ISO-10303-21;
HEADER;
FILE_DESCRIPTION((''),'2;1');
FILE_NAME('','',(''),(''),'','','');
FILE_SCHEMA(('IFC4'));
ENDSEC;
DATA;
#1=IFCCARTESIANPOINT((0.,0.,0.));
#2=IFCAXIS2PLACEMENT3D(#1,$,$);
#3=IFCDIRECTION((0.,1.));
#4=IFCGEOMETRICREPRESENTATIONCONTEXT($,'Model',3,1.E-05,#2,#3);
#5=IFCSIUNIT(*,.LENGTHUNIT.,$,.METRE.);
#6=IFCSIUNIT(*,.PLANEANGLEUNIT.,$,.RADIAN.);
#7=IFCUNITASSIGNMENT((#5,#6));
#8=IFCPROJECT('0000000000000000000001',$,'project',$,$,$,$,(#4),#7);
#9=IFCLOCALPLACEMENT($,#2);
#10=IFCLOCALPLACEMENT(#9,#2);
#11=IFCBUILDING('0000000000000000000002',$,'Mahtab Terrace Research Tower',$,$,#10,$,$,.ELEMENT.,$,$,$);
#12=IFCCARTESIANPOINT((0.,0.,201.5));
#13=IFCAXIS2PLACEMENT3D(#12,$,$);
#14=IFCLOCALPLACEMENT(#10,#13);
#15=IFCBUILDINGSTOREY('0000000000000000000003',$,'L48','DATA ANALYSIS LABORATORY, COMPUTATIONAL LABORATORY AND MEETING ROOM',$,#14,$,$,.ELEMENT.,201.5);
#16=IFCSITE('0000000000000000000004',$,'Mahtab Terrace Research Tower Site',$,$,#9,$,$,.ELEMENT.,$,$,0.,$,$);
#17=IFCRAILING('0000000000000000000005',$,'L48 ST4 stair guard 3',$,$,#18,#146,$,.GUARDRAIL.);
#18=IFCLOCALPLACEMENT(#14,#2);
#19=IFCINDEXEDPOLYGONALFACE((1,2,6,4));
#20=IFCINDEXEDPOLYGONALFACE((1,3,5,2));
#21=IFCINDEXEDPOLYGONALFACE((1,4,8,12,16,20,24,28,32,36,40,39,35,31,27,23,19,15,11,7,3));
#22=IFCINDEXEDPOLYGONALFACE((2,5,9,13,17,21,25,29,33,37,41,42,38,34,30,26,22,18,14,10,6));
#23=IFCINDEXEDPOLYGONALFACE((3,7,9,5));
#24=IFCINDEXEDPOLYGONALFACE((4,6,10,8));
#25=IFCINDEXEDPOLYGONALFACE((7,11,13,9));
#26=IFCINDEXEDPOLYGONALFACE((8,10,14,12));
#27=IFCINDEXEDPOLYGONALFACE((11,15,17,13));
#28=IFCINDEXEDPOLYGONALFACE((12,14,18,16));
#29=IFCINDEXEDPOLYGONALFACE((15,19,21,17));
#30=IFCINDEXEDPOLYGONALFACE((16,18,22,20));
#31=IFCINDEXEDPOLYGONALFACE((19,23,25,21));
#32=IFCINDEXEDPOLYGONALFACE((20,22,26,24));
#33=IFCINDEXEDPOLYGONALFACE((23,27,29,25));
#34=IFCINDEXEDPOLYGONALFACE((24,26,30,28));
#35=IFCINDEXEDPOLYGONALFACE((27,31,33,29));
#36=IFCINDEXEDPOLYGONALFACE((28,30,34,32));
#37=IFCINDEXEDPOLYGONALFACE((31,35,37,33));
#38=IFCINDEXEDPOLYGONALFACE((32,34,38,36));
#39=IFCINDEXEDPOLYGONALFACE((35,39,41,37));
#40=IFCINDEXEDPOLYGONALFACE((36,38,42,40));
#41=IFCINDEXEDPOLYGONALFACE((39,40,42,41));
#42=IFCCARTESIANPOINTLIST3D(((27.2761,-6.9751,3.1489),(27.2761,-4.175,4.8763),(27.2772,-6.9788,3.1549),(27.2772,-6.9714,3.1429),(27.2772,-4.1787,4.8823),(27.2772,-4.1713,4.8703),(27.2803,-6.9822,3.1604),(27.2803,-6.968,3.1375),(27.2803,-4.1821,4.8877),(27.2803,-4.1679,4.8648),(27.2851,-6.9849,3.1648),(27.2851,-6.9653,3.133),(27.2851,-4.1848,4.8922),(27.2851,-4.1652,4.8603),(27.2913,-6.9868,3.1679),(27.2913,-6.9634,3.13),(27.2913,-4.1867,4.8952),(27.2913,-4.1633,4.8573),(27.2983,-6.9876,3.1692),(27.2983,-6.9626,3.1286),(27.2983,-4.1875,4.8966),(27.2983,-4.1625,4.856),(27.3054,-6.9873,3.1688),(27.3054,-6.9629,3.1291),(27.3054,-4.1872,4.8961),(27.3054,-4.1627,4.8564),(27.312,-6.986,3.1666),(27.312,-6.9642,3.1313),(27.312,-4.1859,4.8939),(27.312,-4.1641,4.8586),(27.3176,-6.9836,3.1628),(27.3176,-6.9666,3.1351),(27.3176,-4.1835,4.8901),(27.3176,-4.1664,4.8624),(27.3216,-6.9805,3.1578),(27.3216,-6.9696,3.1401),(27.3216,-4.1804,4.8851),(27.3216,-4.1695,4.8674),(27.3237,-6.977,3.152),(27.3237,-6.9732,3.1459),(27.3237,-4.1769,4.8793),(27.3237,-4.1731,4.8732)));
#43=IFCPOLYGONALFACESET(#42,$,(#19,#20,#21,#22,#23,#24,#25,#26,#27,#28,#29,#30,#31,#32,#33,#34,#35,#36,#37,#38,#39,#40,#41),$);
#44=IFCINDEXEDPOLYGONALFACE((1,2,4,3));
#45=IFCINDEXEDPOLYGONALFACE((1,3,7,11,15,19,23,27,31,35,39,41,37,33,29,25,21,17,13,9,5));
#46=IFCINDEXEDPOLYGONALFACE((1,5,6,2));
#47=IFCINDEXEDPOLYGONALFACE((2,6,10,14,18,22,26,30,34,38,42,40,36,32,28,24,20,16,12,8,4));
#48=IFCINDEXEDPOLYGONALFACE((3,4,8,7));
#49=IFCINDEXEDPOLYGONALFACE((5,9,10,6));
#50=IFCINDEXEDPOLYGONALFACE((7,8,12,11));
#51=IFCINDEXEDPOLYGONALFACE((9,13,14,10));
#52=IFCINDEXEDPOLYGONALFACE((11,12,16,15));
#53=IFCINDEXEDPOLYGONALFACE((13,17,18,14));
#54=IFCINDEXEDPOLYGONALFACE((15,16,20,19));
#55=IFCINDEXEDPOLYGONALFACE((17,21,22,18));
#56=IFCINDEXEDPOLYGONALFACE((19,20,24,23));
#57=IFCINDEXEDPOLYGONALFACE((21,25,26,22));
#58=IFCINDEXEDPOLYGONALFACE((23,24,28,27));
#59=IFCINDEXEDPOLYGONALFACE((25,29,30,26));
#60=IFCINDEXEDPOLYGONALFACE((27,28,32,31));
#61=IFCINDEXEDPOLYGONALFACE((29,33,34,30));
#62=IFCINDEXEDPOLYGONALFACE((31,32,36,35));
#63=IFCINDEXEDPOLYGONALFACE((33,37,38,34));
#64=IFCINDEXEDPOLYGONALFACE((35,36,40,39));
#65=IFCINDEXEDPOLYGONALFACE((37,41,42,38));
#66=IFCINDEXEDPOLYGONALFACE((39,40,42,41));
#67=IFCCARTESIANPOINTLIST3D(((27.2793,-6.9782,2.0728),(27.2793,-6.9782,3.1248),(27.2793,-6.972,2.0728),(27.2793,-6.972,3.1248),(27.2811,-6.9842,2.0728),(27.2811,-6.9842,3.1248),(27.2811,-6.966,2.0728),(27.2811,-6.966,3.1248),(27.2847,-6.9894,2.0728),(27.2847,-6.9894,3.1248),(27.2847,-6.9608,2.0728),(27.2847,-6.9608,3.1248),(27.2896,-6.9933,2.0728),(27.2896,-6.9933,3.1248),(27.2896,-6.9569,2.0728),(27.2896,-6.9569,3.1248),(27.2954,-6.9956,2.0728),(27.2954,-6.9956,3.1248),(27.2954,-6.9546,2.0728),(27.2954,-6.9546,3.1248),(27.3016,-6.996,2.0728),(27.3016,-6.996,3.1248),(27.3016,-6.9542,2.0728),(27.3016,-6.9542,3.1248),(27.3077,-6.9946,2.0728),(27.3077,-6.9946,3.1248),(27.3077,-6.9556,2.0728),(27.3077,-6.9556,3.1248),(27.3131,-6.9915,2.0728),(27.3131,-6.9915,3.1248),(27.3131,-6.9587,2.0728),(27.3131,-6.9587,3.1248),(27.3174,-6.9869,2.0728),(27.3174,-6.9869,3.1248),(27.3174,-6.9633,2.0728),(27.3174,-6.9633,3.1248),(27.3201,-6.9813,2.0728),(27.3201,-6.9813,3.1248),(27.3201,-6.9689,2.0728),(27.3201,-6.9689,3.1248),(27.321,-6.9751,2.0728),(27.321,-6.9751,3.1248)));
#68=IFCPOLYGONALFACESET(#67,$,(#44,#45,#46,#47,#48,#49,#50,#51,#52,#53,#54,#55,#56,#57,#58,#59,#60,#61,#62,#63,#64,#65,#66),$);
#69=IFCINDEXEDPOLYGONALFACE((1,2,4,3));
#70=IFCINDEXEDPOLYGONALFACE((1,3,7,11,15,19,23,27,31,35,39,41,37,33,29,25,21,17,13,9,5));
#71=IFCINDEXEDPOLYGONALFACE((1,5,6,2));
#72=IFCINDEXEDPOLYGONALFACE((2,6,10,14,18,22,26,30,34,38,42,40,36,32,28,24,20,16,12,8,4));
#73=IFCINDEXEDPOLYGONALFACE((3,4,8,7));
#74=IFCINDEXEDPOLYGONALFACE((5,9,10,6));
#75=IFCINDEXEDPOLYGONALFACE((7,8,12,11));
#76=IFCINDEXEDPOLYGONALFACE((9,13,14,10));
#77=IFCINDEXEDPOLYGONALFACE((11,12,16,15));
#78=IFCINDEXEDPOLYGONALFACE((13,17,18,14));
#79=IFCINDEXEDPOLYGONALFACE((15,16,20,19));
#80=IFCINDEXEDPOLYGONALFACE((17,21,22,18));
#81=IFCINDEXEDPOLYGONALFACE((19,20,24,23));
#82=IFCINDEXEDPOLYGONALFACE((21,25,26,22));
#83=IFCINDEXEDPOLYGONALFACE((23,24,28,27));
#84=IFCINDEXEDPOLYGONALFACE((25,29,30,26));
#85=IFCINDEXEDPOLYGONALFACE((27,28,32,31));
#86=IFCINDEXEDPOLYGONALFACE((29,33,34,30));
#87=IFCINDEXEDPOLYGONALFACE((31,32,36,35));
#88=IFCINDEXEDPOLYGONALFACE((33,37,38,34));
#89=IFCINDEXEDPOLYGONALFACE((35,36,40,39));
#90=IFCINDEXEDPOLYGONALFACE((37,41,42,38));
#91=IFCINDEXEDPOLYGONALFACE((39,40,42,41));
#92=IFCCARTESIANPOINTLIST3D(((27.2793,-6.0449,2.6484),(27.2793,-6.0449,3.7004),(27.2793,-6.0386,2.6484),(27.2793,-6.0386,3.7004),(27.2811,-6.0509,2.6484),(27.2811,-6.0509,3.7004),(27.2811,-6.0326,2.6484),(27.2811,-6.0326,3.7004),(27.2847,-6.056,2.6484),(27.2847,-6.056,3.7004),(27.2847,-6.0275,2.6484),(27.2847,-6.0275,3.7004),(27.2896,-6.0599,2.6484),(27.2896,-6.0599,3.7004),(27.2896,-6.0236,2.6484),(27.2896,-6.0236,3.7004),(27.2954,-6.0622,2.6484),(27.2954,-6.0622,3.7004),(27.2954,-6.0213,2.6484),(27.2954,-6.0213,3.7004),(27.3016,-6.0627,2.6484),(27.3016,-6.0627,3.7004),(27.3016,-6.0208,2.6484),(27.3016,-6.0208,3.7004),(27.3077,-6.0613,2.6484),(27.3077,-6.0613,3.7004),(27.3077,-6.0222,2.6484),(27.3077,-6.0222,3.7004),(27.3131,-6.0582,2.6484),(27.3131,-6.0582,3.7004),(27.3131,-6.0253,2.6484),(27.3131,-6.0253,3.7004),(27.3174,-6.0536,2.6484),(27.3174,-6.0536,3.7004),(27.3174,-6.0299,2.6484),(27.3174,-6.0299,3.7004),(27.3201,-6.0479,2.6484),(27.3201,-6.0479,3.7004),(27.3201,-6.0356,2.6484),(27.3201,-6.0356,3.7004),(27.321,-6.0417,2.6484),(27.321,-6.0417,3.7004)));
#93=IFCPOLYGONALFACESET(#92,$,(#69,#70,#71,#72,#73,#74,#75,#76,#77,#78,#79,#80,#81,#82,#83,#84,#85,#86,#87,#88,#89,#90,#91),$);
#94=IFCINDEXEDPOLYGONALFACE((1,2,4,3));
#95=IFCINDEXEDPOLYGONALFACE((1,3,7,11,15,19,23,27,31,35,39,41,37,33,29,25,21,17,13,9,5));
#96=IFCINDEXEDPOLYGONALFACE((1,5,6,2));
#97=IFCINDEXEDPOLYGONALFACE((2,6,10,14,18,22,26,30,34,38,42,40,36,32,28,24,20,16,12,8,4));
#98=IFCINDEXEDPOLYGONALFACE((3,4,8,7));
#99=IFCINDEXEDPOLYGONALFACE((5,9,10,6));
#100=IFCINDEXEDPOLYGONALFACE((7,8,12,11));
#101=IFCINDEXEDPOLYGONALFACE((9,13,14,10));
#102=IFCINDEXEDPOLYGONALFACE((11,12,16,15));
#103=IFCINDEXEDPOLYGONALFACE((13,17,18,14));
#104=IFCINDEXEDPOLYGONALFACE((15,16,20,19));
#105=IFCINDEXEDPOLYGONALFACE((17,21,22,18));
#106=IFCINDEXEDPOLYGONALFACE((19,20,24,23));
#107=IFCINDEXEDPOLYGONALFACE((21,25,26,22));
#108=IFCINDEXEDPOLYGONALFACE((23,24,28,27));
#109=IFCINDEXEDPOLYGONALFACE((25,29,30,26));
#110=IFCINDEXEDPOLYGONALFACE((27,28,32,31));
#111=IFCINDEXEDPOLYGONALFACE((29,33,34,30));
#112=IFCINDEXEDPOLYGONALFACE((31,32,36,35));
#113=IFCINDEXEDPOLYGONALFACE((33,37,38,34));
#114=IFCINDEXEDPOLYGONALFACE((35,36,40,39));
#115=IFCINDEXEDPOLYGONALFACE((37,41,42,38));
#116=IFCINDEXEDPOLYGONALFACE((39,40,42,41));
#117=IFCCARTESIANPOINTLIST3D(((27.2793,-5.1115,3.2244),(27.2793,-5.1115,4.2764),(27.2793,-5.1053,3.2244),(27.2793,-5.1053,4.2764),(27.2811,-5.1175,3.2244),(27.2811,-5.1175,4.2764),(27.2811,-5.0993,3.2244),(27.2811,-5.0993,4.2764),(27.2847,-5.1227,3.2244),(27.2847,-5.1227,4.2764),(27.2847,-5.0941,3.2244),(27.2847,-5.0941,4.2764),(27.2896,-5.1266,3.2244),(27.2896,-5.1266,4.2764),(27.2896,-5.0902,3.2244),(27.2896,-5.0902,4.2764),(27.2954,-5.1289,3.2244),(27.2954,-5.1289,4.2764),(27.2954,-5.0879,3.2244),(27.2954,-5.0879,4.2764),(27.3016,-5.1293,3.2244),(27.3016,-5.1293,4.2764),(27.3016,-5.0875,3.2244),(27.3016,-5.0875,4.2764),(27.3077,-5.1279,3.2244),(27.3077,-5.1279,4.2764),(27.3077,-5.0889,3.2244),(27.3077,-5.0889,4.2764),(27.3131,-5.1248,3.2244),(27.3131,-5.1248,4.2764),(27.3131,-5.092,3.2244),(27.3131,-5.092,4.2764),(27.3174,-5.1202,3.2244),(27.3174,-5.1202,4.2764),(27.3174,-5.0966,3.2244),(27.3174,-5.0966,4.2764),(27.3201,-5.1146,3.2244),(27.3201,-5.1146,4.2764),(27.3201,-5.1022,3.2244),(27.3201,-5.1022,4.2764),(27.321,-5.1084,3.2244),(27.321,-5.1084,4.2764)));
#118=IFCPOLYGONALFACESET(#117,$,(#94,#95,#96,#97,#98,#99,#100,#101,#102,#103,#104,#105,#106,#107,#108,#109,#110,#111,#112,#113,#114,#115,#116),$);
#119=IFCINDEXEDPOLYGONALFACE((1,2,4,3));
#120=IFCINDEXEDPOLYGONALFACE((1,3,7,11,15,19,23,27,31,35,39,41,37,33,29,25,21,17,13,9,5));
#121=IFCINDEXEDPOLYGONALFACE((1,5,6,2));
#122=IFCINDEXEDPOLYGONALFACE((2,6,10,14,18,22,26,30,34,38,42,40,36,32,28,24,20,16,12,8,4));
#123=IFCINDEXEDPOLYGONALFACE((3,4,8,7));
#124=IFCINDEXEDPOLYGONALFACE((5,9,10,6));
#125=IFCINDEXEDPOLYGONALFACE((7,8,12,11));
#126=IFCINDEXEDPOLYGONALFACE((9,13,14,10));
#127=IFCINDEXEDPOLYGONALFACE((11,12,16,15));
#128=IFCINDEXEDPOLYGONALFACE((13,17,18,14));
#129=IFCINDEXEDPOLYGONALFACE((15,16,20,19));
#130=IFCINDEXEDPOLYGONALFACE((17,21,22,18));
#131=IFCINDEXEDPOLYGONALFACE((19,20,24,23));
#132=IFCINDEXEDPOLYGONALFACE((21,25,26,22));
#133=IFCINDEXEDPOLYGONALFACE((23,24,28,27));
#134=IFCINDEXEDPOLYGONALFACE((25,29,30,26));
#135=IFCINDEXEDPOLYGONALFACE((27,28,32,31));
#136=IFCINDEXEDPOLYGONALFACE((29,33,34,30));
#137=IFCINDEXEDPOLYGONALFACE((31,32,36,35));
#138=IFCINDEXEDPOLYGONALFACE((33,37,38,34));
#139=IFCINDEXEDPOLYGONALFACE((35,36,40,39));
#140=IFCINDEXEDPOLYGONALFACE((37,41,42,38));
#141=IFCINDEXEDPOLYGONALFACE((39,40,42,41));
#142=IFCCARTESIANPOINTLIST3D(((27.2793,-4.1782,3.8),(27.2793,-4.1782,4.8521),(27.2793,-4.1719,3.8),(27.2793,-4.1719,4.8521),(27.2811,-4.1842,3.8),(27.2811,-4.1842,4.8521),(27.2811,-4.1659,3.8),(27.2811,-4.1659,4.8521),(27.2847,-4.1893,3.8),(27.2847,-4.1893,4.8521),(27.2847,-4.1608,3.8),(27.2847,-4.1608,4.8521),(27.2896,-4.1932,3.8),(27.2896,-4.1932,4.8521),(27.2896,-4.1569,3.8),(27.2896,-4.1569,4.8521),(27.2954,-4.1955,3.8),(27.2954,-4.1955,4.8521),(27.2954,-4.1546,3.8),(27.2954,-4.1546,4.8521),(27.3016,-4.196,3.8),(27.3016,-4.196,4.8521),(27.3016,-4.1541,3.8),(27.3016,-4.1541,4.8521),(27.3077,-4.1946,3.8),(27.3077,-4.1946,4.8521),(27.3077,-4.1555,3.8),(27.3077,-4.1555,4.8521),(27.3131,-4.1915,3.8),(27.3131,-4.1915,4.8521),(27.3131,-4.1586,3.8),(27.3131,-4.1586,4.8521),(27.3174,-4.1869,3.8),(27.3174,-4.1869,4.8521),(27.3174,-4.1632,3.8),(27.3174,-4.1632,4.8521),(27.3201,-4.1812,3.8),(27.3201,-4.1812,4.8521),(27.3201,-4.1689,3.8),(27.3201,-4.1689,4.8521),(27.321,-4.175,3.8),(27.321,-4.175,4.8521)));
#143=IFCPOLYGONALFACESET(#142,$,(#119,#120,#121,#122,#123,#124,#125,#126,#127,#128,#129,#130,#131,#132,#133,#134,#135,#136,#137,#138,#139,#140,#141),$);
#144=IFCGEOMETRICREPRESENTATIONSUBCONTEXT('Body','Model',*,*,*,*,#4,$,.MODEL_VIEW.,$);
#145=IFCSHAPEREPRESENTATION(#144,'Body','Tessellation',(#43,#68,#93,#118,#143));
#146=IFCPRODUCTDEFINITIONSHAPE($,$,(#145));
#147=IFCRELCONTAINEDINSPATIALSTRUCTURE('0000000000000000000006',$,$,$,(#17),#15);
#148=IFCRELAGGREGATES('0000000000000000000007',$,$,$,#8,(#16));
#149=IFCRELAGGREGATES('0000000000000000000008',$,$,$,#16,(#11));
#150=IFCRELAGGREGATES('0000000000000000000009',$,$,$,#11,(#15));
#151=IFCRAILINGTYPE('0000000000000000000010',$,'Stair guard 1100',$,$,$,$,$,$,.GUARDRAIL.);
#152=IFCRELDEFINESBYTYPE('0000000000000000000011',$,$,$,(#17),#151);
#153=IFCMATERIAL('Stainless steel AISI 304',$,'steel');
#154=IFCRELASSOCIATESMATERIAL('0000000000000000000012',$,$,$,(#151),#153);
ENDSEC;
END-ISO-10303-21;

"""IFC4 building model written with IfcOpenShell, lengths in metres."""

from ifc_helpers import new_model, si_unit, direction, frame, origin, origin_2d, place, context, subcontext, project, spatial, circle, extrude, material, type_object, element, save


model = new_model("IFC4")

# Units and contexts
model_context = context("Model", 3, precision=1e-05, world=origin(), true_north=direction((0.0, 1.0)))
body_context = subcontext(model_context, "Body", "Model", "MODEL_VIEW")
ifc_project = project(units=[si_unit("LENGTHUNIT", "METRE"), si_unit("PLANEANGLEUNIT", "RADIAN")], contexts=[model_context])

# Site, building, storey
site_placement = place(None, origin())
site = spatial("IfcSite", under=ifc_project, at=site_placement, Name="Mahtab Terrace Research Tower Site", CompositionType="ELEMENT", RefElevation=0.0)
building_placement = place(site_placement, origin())
building = spatial("IfcBuilding", under=site, at=building_placement, Name="Mahtab Terrace Research Tower", CompositionType="ELEMENT")
storey_placement = place(building_placement, frame((0.0, 0.0, 201.5)))
storey = spatial("IfcBuildingStorey", under=building, at=storey_placement, Name="L48", Description="DATA ANALYSIS LABORATORY, COMPUTATIONAL LABORATORY AND MEETING ROOM", CompositionType="ELEMENT", Elevation=201.5)

# Railing
ifc_material_1 = material(Name="Stainless steel AISI 304", Category="steel")
railing_type_1 = type_object("IfcRailingType", Name="Stair guard 1100", PredefinedType="GUARDRAIL", material=ifc_material_1)
railing_1_placement = place(storey_placement, frame((27.3, -6.9751, 2.0728)))
element("IfcRailing", 1, at=railing_1_placement, inside=storey, type_object=railing_type_1, Name="L48 ST4 stair guard 3", PredefinedType="GUARDRAIL", context=body_context, shape_type="SweptSolid", body=[
    extrude(circle(Radius=0.0239, at=origin_2d()), frame((0.0, 0.0, 1.0762), z_axis=(0.0, 0.85109, 0.52502), x_axis=(-1.0, 0.0, 0.0)), (0.0, 0.0, 1.0), 3.29),
    extrude(circle(Radius=0.021, at=origin_2d()), origin(), (0.0, 0.0, 1.0), 1.052),
    extrude(circle(Radius=0.021, at=origin_2d()), frame((0.0, 0.9333, 0.5757)), (0.0, 0.0, 1.0), 1.052),
    extrude(circle(Radius=0.021, at=origin_2d()), frame((0.0, 1.8667, 1.1516)), (0.0, 0.0, 1.0), 1.052),
    extrude(circle(Radius=0.021, at=origin_2d()), frame((0.0, 2.8, 1.7273)), (0.0, 0.0, 1.0), 1.052),
])

save(model, "model.ifc")
